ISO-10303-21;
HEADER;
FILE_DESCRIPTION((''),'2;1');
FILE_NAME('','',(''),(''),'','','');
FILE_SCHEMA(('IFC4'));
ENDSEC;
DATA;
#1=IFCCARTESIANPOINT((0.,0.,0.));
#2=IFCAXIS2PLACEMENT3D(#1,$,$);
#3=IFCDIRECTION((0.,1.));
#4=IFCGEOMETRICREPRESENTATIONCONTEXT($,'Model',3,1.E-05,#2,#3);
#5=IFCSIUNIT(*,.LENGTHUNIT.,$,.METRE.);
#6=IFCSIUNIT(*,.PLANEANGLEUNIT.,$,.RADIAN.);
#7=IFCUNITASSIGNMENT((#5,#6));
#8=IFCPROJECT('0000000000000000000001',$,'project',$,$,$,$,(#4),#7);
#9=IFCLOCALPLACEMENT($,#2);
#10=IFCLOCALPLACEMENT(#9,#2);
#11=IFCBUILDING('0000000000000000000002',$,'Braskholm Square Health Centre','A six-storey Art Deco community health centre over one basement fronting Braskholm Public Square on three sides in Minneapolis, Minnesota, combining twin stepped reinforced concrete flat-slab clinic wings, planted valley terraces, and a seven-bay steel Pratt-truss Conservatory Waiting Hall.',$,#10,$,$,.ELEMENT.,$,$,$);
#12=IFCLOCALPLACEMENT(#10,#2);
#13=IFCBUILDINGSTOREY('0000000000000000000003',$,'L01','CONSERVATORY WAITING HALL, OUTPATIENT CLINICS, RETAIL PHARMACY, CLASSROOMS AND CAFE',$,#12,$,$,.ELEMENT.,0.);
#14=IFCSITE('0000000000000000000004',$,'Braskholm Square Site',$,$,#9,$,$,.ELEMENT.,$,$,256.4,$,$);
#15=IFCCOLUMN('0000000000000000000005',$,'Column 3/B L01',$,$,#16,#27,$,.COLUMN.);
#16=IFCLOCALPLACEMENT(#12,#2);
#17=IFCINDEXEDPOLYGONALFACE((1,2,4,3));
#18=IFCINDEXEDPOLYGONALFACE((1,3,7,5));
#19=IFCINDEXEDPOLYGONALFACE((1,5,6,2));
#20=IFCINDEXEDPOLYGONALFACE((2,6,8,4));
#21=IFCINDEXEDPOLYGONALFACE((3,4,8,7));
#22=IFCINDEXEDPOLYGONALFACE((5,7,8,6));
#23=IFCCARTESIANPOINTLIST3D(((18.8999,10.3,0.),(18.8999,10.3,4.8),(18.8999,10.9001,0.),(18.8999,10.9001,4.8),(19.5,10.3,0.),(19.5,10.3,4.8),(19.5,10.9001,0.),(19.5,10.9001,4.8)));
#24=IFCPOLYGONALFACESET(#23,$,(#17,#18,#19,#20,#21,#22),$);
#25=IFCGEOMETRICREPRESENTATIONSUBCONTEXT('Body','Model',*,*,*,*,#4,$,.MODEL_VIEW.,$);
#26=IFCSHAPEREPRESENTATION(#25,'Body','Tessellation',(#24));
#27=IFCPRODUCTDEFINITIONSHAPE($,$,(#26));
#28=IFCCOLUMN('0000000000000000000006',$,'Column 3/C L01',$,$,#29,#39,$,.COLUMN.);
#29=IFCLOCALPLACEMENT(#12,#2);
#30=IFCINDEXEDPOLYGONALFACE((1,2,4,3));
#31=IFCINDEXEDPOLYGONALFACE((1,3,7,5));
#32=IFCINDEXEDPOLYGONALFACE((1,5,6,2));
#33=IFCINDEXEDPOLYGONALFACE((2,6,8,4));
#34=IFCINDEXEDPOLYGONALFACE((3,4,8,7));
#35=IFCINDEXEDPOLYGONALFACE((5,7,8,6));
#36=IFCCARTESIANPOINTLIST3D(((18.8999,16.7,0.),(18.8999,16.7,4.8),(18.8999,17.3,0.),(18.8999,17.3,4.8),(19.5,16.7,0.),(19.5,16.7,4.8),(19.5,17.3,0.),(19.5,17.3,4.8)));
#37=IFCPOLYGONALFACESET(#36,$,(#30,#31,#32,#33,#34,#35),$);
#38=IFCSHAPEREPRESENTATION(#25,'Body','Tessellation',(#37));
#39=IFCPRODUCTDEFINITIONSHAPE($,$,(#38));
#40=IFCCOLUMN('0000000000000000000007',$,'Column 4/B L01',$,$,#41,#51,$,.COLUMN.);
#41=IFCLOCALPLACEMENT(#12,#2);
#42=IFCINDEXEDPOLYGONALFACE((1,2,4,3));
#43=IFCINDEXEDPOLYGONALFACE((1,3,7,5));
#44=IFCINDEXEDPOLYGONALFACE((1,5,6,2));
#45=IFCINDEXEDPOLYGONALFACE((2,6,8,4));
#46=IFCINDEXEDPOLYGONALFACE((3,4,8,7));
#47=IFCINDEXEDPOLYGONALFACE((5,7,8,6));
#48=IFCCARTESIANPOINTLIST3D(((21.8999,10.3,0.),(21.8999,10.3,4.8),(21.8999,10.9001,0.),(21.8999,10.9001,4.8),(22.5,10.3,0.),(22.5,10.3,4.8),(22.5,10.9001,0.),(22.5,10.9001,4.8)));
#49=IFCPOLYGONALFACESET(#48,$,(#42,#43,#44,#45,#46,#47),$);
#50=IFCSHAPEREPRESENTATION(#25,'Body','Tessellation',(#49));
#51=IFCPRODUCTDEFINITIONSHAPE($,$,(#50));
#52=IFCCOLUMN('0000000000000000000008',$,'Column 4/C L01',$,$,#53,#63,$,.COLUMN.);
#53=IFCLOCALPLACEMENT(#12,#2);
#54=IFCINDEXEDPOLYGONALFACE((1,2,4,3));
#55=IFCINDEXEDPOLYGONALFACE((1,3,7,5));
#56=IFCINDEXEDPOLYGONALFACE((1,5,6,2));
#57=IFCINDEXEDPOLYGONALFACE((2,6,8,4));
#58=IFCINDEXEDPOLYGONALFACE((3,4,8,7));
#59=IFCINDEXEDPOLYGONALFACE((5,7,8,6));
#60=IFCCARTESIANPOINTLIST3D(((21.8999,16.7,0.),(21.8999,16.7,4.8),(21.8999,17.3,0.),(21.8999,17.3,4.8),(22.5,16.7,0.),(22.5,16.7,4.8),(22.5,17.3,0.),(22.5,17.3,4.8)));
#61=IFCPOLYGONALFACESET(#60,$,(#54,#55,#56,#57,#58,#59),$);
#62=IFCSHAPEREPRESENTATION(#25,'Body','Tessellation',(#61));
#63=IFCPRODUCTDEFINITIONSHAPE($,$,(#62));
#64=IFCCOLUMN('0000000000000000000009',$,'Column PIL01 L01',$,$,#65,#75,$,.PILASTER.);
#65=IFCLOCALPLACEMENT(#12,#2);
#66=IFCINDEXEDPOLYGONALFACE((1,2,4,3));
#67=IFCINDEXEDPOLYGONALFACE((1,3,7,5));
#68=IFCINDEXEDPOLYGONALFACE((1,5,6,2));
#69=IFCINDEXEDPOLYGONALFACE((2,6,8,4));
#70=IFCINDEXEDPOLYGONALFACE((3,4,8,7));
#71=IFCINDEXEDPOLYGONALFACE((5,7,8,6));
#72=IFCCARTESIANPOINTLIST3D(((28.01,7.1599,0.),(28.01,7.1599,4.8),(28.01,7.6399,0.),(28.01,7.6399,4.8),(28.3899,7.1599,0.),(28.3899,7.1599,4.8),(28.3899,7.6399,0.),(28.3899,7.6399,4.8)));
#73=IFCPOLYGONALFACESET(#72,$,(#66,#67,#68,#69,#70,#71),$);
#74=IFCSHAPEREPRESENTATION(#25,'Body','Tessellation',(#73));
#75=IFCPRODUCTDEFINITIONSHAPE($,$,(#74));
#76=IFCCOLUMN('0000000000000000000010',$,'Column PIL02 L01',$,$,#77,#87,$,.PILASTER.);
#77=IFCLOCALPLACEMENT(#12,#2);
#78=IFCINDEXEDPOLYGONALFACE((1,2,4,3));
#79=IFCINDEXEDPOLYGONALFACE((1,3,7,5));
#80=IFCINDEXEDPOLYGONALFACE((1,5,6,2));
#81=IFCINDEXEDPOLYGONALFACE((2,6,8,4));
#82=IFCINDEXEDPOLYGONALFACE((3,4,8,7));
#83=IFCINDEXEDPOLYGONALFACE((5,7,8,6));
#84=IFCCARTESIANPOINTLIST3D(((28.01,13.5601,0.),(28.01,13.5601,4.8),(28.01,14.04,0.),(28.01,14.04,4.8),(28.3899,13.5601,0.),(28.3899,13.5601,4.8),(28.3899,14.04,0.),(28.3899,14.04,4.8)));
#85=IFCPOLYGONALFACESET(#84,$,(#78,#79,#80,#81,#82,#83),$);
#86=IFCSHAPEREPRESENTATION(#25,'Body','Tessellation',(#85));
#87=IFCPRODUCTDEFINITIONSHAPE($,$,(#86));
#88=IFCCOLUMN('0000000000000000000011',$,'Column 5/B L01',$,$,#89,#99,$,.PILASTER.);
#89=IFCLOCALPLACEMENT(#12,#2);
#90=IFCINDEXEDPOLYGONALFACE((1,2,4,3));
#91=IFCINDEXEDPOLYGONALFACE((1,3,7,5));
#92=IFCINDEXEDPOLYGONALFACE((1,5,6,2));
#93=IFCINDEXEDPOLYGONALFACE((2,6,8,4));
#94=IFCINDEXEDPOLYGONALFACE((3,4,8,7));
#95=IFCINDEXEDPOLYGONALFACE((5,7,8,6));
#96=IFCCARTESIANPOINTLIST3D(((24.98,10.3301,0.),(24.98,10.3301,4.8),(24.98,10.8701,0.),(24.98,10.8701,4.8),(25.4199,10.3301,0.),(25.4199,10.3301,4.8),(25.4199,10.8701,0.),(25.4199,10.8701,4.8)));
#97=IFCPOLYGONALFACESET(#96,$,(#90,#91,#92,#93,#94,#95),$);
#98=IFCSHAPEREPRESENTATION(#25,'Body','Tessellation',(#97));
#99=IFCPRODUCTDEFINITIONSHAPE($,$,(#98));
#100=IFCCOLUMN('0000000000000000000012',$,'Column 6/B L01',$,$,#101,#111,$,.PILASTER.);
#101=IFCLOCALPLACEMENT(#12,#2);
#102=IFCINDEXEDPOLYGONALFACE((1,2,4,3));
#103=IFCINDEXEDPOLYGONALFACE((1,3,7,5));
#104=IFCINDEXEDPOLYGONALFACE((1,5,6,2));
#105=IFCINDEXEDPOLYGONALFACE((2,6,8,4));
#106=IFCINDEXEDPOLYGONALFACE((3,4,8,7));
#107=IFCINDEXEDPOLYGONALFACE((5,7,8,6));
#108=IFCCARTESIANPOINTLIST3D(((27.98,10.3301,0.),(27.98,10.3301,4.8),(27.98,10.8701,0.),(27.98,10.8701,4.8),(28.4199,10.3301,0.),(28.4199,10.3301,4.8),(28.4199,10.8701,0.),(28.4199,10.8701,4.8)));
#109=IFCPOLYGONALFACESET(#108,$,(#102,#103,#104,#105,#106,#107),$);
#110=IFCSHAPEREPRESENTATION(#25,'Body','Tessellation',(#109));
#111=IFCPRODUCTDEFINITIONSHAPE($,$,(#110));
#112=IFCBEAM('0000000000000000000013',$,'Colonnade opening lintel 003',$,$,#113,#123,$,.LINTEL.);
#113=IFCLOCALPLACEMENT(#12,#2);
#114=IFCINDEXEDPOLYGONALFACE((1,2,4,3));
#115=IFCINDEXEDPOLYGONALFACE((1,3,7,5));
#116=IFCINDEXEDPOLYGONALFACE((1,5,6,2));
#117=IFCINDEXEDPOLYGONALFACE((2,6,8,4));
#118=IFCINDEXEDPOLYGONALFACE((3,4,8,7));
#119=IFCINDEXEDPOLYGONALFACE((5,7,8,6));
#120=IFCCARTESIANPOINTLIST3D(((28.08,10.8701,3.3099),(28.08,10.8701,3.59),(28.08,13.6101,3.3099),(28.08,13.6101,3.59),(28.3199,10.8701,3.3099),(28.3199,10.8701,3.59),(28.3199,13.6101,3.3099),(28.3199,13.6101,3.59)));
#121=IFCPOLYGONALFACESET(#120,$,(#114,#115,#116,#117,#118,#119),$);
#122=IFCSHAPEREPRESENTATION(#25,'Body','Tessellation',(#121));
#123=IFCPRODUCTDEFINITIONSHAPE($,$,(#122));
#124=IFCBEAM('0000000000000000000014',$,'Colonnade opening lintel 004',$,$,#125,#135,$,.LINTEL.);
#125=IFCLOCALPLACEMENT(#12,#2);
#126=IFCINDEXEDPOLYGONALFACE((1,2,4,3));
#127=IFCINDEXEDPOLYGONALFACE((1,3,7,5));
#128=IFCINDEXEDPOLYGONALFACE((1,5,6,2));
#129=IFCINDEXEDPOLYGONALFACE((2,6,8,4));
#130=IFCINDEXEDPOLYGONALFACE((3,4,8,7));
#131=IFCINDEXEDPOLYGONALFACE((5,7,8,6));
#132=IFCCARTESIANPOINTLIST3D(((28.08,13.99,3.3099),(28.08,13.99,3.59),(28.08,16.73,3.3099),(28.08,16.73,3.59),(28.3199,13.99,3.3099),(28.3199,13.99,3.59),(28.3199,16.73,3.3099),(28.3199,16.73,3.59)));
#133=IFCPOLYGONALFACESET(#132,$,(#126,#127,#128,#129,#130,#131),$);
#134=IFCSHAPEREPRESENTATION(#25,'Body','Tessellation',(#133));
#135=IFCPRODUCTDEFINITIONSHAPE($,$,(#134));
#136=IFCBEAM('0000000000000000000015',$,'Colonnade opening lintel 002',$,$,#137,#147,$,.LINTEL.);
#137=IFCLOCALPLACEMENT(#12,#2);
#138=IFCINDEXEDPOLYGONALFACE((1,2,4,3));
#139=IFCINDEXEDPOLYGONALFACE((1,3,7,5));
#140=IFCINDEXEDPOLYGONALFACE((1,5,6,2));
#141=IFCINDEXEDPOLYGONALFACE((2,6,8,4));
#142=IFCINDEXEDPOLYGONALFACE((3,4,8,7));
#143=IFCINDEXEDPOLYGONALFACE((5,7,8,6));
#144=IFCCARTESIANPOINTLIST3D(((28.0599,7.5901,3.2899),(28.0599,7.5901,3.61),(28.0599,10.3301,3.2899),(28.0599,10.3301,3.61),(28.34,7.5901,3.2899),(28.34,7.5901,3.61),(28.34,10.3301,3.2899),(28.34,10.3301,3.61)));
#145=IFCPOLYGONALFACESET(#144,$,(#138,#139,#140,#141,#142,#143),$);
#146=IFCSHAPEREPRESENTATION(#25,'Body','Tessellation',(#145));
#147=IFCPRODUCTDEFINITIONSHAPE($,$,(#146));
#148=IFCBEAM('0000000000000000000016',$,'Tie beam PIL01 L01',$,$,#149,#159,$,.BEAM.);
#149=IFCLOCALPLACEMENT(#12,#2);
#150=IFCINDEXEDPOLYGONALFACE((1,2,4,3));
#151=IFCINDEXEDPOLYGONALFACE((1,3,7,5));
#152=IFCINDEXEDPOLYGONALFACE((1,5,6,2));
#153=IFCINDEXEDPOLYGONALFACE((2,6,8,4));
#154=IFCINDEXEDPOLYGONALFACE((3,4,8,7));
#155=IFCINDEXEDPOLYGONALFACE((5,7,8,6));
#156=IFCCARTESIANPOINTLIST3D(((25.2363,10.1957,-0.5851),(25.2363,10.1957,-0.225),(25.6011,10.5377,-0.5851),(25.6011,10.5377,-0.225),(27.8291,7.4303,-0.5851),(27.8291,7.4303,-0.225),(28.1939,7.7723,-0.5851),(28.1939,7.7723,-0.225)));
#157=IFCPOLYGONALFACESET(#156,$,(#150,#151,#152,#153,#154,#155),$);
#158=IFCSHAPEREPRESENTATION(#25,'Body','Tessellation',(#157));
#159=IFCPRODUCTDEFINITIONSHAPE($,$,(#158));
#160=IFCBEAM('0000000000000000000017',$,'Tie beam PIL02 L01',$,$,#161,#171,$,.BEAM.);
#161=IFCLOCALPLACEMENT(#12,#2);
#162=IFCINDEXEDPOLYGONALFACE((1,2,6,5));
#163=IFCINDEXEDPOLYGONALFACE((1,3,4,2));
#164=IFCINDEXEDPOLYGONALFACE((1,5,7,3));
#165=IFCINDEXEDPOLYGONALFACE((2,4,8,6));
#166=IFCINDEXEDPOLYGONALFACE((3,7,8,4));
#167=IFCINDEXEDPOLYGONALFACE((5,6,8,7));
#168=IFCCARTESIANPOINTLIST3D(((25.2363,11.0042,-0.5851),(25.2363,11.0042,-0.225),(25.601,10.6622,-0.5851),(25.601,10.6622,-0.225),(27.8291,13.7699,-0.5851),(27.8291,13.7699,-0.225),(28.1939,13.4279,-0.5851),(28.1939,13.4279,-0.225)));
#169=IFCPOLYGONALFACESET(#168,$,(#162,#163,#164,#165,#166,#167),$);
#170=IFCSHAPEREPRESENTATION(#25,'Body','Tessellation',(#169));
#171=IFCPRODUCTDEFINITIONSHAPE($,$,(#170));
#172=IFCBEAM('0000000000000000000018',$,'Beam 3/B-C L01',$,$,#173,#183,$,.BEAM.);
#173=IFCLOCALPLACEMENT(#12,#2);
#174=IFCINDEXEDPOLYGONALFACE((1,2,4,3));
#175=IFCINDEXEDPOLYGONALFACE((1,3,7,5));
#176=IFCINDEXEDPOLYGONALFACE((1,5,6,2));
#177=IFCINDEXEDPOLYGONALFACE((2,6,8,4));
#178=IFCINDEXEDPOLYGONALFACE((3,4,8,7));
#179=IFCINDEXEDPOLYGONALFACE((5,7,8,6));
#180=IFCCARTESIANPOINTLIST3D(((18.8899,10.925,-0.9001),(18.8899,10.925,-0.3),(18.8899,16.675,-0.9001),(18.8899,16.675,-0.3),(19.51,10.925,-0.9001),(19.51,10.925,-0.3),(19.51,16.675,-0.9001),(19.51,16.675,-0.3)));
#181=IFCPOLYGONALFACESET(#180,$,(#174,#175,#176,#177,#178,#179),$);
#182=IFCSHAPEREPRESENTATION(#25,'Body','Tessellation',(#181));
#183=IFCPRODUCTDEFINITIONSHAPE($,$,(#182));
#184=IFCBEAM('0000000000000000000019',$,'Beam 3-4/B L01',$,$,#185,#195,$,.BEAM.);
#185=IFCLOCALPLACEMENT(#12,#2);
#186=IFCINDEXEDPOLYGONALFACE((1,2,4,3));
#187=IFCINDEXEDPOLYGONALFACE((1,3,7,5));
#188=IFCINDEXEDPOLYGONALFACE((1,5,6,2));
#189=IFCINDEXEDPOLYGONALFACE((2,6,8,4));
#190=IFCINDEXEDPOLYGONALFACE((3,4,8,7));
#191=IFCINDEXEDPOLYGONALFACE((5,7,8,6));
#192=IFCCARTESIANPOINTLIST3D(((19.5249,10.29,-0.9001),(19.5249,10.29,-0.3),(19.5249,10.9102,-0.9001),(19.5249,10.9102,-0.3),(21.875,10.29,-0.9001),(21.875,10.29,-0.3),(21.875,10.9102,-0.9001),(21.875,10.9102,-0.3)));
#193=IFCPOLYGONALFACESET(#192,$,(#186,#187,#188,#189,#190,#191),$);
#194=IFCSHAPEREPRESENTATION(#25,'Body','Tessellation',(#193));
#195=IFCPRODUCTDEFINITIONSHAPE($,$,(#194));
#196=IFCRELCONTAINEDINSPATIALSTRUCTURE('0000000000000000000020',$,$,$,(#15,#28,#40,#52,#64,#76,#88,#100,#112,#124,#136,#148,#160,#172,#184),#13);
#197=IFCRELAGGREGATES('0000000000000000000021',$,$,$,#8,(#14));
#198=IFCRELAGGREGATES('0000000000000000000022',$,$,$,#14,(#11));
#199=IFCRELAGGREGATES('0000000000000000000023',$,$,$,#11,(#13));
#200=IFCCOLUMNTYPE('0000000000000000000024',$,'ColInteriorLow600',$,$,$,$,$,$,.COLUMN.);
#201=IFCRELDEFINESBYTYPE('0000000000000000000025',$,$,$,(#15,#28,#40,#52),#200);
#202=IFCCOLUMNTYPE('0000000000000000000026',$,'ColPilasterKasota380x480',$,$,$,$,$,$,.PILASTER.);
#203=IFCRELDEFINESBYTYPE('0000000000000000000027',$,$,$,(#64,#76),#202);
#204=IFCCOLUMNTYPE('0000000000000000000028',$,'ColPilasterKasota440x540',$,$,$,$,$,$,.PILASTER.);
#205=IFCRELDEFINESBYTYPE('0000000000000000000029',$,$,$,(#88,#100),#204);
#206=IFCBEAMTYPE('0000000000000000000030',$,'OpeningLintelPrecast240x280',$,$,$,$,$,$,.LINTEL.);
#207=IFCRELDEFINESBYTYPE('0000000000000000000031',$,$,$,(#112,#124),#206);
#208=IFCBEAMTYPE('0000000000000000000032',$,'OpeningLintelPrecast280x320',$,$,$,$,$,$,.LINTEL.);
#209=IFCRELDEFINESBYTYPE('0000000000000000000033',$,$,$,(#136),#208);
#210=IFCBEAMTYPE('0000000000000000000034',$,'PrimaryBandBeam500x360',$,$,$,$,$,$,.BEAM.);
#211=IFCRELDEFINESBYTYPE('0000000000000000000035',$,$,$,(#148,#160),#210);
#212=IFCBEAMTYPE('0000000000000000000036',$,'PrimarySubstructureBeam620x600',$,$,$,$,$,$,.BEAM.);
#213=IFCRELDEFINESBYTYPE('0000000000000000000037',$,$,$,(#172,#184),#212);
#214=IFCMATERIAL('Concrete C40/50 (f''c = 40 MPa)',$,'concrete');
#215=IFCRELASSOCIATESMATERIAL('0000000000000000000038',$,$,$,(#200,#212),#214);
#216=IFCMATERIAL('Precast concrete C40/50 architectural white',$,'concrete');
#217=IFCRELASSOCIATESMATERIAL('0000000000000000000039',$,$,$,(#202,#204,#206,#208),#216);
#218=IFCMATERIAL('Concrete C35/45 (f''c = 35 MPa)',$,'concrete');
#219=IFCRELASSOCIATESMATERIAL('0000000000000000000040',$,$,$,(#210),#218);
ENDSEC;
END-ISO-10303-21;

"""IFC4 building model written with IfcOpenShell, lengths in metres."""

from ifc_helpers import new_model, si_unit, direction, frame, origin, origin_2d, place, context, subcontext, project, spatial, rectangle, extrude, material, material_profile, profile_set, type_object, element, save


model = new_model("IFC4")

# Units and contexts
model_context = context("Model", 3, precision=1e-05, world=origin(), true_north=direction((0.0, 1.0)))
body_context = subcontext(model_context, "Body", "Model", "MODEL_VIEW")
ifc_project = project(units=[si_unit("LENGTHUNIT", "METRE"), si_unit("PLANEANGLEUNIT", "RADIAN")], contexts=[model_context])

# Site, building, storey
site_placement = place(None, origin())
site = spatial("IfcSite", under=ifc_project, at=site_placement, Name="Braskholm Square Site", CompositionType="ELEMENT", RefElevation=256.4)
building_placement = place(site_placement, origin())
building = spatial("IfcBuilding", under=site, at=building_placement, Name="Braskholm Square Health Centre", Description="A six-storey Art Deco community health centre over one basement fronting Braskholm Public Square on three sides in Minneapolis, Minnesota, combining twin stepped reinforced concrete flat-slab clinic wings, planted valley terraces, and a seven-bay steel Pratt-truss Conservatory Waiting Hall.", CompositionType="ELEMENT")
storey_placement = place(building_placement, origin())
storey = spatial("IfcBuildingStorey", under=building, at=storey_placement, Name="L01", Description="CONSERVATORY WAITING HALL, OUTPATIENT CLINICS, RETAIL PHARMACY, CLASSROOMS AND CAFE", CompositionType="ELEMENT", Elevation=0.0)

# Columns
ifc_material_1 = material(Name="Concrete C40/50 (f'c = 40 MPa)", Category="concrete")
ifc_material_profile_1 = material_profile(ifc_material_1, rectangle(XDim=0.6001, YDim=0.6001, at=origin_2d()), Name="RC-600X600")
ifc_profile_set_1 = profile_set([ifc_material_profile_1], Name="Concrete C40/50 (f'c = 40 MPa)")
column_type_1 = type_object("IfcColumnType", Name="ColInteriorLow600", PredefinedType="COLUMN", material=ifc_profile_set_1)
for number, where, z_axis, x_axis, name in (
    (1, (19.2, 10.6001, 0.0), (0.0, 0.0, 1.0), (1.0, 0.0, 0.0), "Column 3/B L01"),
    (2, (19.2, 17.0, 0.0), (0.0, 0.0, 1.0), (1.0, 0.0, 0.0), "Column 3/C L01"),
    (3, (22.2, 10.6001, 0.0), (0.0, 0.0, 1.0), (1.0, 0.0, 0.0), "Column 4/B L01"),
    (4, (22.2, 17.0, 0.0), (0.0, 0.0, 1.0), (1.0, 0.0, 0.0), "Column 4/C L01"),
):
    element("IfcColumn", number, at=place(storey_placement, frame(where, z_axis=z_axis, x_axis=x_axis)), inside=storey, type_object=column_type_1, Name=name, PredefinedType="COLUMN", context=body_context, shape_type="SweptSolid", body=[
        extrude(rectangle(XDim=0.6001, YDim=0.6001, at=origin_2d()), origin(), (0.0, 0.0, 1.0), 4.8),
    ])
ifc_material_2 = material(Name="Precast concrete C40/50 architectural white", Category="concrete")
ifc_material_profile_2 = material_profile(ifc_material_2, rectangle(XDim=0.3799, YDim=0.48, at=origin_2d()), Name="RC-380X480")
ifc_profile_set_2 = profile_set([ifc_material_profile_2], Name="Precast concrete C40/50 architectural white")
column_type_2 = type_object("IfcColumnType", Name="ColPilasterKasota380x480", PredefinedType="PILASTER", material=ifc_profile_set_2)
for number, where, z_axis, x_axis, name in (
    (5, (28.2, 7.3999, 0.0), (0.0, 0.0, 1.0), (1.0, 0.0, 0.0), "Column PIL01 L01"),
    (6, (28.2, 13.8, 0.0), (0.0, 0.0, 1.0), (1.0, 0.0, 0.0), "Column PIL02 L01"),
):
    element("IfcColumn", number, at=place(storey_placement, frame(where, z_axis=z_axis, x_axis=x_axis)), inside=storey, type_object=column_type_2, Name=name, PredefinedType="PILASTER", context=body_context, shape_type="SweptSolid", body=[
        extrude(rectangle(XDim=0.3799, YDim=0.48, at=origin_2d()), origin(), (0.0, 0.0, 1.0), 4.8),
    ])
ifc_material_profile_3 = material_profile(ifc_material_2, rectangle(XDim=0.4399, YDim=0.54, at=origin_2d()), Name="RC-440X540")
ifc_profile_set_3 = profile_set([ifc_material_profile_3], Name="Precast concrete C40/50 architectural white")
column_type_3 = type_object("IfcColumnType", Name="ColPilasterKasota440x540", PredefinedType="PILASTER", material=ifc_profile_set_3)
for number, where, z_axis, x_axis, name in (
    (7, (25.2, 10.6001, 0.0), (0.0, 0.0, 1.0), (1.0, 0.0, 0.0), "Column 5/B L01"),
    (8, (28.2, 10.6001, 0.0), (0.0, 0.0, 1.0), (1.0, 0.0, 0.0), "Column 6/B L01"),
):
    element("IfcColumn", number, at=place(storey_placement, frame(where, z_axis=z_axis, x_axis=x_axis)), inside=storey, type_object=column_type_3, Name=name, PredefinedType="PILASTER", context=body_context, shape_type="SweptSolid", body=[
        extrude(rectangle(XDim=0.4399, YDim=0.54, at=origin_2d()), origin(), (0.0, 0.0, 1.0), 4.8),
    ])

# Beams
ifc_material_profile_4 = material_profile(ifc_material_2, rectangle(XDim=0.24, YDim=0.28, at=origin_2d()), Name="RCB-240X280")
ifc_profile_set_4 = profile_set([ifc_material_profile_4], Name="Precast concrete C40/50 architectural white")
beam_type_1 = type_object("IfcBeamType", Name="OpeningLintelPrecast240x280", PredefinedType="LINTEL", material=ifc_profile_set_4)
for number, where, z_axis, x_axis, name in (
    (9, (28.2, 10.8701, 3.45), (0.0, 1.0, 0.0), (-1.0, 0.0, 0.0), "Colonnade opening lintel 003"),
    (10, (28.2, 13.99, 3.45), (0.0, 1.0, 0.0), (-1.0, 0.0, 0.0), "Colonnade opening lintel 004"),
):
    element("IfcBeam", number, at=place(storey_placement, frame(where, z_axis=z_axis, x_axis=x_axis)), inside=storey, type_object=beam_type_1, Name=name, PredefinedType="LINTEL", context=body_context, shape_type="SweptSolid", body=[
        extrude(rectangle(XDim=0.24, YDim=0.28, at=origin_2d()), origin(), (0.0, 0.0, 1.0), 2.74),
    ])
ifc_material_profile_5 = material_profile(ifc_material_2, rectangle(XDim=0.28, YDim=0.3201, at=origin_2d()), Name="RCB-280X320")
ifc_profile_set_5 = profile_set([ifc_material_profile_5], Name="Precast concrete C40/50 architectural white")
beam_type_2 = type_object("IfcBeamType", Name="OpeningLintelPrecast280x320", PredefinedType="LINTEL", material=ifc_profile_set_5)
beam_1_placement = place(storey_placement, frame((28.2, 7.5901, 3.45), z_axis=(0.0, 1.0, 0.0), x_axis=(-1.0, 0.0, 0.0)))
element("IfcBeam", 11, at=beam_1_placement, inside=storey, type_object=beam_type_2, Name="Colonnade opening lintel 002", PredefinedType="LINTEL", context=body_context, shape_type="SweptSolid", body=[
    extrude(rectangle(XDim=0.28, YDim=0.3201, at=origin_2d()), origin(), (0.0, 0.0, 1.0), 2.74),
])
ifc_material_3 = material(Name="Concrete C35/45 (f'c = 35 MPa)", Category="concrete")
ifc_material_profile_6 = material_profile(ifc_material_3, rectangle(XDim=0.5, YDim=0.3601, at=origin_2d()), Name="RCB-500X360")
ifc_profile_set_6 = profile_set([ifc_material_profile_6], Name="Concrete C35/45 (f'c = 35 MPa)")
beam_type_3 = type_object("IfcBeamType", Name="PrimaryBandBeam500x360", PredefinedType="BEAM", material=ifc_profile_set_6)
beam_2_placement = place(storey_placement, frame((28.0115, 7.6013, -0.405), z_axis=(-0.683973, 0.729507, 0.0), x_axis=(-0.729507, -0.683973, 0.0)))
element("IfcBeam", 12, at=beam_2_placement, inside=storey, type_object=beam_type_3, Name="Tie beam PIL01 L01", PredefinedType="BEAM", context=body_context, shape_type="SweptSolid", body=[
    extrude(rectangle(XDim=0.5, YDim=0.3601, at=origin_2d()), origin(), (0.0, 0.0, 1.0), 3.7908),
])
beam_3_placement = place(storey_placement, frame((28.0115, 13.5989, -0.405), z_axis=(-0.683941, -0.729537, 0.0), x_axis=(0.729537, -0.683941, 0.0)))
element("IfcBeam", 13, at=beam_3_placement, inside=storey, type_object=beam_type_3, Name="Tie beam PIL02 L01", PredefinedType="BEAM", context=body_context, shape_type="SweptSolid", body=[
    extrude(rectangle(XDim=0.5, YDim=0.3601, at=origin_2d()), origin(), (0.0, 0.0, 1.0), 3.791),
])
ifc_material_profile_7 = material_profile(ifc_material_1, rectangle(XDim=0.6201, YDim=0.6001, at=origin_2d()), Name="RCB-620X600")
ifc_profile_set_7 = profile_set([ifc_material_profile_7], Name="Concrete C40/50 (f'c = 40 MPa)")
beam_type_4 = type_object("IfcBeamType", Name="PrimarySubstructureBeam620x600", PredefinedType="BEAM", material=ifc_profile_set_7)
beam_4_placement = place(storey_placement, frame((19.2, 10.925, -0.6001), z_axis=(0.0, 1.0, 0.0), x_axis=(-1.0, 0.0, 0.0)))
element("IfcBeam", 14, at=beam_4_placement, inside=storey, type_object=beam_type_4, Name="Beam 3/B-C L01", PredefinedType="BEAM", context=body_context, shape_type="SweptSolid", body=[
    extrude(rectangle(XDim=0.6201, YDim=0.6001, at=origin_2d()), origin(), (0.0, 0.0, 1.0), 5.75),
])
beam_5_placement = place(storey_placement, frame((19.5249, 10.6001, -0.6001), z_axis=(1.0, 0.0, 0.0), x_axis=(0.0, 1.0, 0.0)))
element("IfcBeam", 15, at=beam_5_placement, inside=storey, type_object=beam_type_4, Name="Beam 3-4/B L01", PredefinedType="BEAM", context=body_context, shape_type="SweptSolid", body=[
    extrude(rectangle(XDim=0.6201, YDim=0.6001, at=origin_2d()), origin(), (0.0, 0.0, 1.0), 2.3501),
])

save(model, "model.ifc")
